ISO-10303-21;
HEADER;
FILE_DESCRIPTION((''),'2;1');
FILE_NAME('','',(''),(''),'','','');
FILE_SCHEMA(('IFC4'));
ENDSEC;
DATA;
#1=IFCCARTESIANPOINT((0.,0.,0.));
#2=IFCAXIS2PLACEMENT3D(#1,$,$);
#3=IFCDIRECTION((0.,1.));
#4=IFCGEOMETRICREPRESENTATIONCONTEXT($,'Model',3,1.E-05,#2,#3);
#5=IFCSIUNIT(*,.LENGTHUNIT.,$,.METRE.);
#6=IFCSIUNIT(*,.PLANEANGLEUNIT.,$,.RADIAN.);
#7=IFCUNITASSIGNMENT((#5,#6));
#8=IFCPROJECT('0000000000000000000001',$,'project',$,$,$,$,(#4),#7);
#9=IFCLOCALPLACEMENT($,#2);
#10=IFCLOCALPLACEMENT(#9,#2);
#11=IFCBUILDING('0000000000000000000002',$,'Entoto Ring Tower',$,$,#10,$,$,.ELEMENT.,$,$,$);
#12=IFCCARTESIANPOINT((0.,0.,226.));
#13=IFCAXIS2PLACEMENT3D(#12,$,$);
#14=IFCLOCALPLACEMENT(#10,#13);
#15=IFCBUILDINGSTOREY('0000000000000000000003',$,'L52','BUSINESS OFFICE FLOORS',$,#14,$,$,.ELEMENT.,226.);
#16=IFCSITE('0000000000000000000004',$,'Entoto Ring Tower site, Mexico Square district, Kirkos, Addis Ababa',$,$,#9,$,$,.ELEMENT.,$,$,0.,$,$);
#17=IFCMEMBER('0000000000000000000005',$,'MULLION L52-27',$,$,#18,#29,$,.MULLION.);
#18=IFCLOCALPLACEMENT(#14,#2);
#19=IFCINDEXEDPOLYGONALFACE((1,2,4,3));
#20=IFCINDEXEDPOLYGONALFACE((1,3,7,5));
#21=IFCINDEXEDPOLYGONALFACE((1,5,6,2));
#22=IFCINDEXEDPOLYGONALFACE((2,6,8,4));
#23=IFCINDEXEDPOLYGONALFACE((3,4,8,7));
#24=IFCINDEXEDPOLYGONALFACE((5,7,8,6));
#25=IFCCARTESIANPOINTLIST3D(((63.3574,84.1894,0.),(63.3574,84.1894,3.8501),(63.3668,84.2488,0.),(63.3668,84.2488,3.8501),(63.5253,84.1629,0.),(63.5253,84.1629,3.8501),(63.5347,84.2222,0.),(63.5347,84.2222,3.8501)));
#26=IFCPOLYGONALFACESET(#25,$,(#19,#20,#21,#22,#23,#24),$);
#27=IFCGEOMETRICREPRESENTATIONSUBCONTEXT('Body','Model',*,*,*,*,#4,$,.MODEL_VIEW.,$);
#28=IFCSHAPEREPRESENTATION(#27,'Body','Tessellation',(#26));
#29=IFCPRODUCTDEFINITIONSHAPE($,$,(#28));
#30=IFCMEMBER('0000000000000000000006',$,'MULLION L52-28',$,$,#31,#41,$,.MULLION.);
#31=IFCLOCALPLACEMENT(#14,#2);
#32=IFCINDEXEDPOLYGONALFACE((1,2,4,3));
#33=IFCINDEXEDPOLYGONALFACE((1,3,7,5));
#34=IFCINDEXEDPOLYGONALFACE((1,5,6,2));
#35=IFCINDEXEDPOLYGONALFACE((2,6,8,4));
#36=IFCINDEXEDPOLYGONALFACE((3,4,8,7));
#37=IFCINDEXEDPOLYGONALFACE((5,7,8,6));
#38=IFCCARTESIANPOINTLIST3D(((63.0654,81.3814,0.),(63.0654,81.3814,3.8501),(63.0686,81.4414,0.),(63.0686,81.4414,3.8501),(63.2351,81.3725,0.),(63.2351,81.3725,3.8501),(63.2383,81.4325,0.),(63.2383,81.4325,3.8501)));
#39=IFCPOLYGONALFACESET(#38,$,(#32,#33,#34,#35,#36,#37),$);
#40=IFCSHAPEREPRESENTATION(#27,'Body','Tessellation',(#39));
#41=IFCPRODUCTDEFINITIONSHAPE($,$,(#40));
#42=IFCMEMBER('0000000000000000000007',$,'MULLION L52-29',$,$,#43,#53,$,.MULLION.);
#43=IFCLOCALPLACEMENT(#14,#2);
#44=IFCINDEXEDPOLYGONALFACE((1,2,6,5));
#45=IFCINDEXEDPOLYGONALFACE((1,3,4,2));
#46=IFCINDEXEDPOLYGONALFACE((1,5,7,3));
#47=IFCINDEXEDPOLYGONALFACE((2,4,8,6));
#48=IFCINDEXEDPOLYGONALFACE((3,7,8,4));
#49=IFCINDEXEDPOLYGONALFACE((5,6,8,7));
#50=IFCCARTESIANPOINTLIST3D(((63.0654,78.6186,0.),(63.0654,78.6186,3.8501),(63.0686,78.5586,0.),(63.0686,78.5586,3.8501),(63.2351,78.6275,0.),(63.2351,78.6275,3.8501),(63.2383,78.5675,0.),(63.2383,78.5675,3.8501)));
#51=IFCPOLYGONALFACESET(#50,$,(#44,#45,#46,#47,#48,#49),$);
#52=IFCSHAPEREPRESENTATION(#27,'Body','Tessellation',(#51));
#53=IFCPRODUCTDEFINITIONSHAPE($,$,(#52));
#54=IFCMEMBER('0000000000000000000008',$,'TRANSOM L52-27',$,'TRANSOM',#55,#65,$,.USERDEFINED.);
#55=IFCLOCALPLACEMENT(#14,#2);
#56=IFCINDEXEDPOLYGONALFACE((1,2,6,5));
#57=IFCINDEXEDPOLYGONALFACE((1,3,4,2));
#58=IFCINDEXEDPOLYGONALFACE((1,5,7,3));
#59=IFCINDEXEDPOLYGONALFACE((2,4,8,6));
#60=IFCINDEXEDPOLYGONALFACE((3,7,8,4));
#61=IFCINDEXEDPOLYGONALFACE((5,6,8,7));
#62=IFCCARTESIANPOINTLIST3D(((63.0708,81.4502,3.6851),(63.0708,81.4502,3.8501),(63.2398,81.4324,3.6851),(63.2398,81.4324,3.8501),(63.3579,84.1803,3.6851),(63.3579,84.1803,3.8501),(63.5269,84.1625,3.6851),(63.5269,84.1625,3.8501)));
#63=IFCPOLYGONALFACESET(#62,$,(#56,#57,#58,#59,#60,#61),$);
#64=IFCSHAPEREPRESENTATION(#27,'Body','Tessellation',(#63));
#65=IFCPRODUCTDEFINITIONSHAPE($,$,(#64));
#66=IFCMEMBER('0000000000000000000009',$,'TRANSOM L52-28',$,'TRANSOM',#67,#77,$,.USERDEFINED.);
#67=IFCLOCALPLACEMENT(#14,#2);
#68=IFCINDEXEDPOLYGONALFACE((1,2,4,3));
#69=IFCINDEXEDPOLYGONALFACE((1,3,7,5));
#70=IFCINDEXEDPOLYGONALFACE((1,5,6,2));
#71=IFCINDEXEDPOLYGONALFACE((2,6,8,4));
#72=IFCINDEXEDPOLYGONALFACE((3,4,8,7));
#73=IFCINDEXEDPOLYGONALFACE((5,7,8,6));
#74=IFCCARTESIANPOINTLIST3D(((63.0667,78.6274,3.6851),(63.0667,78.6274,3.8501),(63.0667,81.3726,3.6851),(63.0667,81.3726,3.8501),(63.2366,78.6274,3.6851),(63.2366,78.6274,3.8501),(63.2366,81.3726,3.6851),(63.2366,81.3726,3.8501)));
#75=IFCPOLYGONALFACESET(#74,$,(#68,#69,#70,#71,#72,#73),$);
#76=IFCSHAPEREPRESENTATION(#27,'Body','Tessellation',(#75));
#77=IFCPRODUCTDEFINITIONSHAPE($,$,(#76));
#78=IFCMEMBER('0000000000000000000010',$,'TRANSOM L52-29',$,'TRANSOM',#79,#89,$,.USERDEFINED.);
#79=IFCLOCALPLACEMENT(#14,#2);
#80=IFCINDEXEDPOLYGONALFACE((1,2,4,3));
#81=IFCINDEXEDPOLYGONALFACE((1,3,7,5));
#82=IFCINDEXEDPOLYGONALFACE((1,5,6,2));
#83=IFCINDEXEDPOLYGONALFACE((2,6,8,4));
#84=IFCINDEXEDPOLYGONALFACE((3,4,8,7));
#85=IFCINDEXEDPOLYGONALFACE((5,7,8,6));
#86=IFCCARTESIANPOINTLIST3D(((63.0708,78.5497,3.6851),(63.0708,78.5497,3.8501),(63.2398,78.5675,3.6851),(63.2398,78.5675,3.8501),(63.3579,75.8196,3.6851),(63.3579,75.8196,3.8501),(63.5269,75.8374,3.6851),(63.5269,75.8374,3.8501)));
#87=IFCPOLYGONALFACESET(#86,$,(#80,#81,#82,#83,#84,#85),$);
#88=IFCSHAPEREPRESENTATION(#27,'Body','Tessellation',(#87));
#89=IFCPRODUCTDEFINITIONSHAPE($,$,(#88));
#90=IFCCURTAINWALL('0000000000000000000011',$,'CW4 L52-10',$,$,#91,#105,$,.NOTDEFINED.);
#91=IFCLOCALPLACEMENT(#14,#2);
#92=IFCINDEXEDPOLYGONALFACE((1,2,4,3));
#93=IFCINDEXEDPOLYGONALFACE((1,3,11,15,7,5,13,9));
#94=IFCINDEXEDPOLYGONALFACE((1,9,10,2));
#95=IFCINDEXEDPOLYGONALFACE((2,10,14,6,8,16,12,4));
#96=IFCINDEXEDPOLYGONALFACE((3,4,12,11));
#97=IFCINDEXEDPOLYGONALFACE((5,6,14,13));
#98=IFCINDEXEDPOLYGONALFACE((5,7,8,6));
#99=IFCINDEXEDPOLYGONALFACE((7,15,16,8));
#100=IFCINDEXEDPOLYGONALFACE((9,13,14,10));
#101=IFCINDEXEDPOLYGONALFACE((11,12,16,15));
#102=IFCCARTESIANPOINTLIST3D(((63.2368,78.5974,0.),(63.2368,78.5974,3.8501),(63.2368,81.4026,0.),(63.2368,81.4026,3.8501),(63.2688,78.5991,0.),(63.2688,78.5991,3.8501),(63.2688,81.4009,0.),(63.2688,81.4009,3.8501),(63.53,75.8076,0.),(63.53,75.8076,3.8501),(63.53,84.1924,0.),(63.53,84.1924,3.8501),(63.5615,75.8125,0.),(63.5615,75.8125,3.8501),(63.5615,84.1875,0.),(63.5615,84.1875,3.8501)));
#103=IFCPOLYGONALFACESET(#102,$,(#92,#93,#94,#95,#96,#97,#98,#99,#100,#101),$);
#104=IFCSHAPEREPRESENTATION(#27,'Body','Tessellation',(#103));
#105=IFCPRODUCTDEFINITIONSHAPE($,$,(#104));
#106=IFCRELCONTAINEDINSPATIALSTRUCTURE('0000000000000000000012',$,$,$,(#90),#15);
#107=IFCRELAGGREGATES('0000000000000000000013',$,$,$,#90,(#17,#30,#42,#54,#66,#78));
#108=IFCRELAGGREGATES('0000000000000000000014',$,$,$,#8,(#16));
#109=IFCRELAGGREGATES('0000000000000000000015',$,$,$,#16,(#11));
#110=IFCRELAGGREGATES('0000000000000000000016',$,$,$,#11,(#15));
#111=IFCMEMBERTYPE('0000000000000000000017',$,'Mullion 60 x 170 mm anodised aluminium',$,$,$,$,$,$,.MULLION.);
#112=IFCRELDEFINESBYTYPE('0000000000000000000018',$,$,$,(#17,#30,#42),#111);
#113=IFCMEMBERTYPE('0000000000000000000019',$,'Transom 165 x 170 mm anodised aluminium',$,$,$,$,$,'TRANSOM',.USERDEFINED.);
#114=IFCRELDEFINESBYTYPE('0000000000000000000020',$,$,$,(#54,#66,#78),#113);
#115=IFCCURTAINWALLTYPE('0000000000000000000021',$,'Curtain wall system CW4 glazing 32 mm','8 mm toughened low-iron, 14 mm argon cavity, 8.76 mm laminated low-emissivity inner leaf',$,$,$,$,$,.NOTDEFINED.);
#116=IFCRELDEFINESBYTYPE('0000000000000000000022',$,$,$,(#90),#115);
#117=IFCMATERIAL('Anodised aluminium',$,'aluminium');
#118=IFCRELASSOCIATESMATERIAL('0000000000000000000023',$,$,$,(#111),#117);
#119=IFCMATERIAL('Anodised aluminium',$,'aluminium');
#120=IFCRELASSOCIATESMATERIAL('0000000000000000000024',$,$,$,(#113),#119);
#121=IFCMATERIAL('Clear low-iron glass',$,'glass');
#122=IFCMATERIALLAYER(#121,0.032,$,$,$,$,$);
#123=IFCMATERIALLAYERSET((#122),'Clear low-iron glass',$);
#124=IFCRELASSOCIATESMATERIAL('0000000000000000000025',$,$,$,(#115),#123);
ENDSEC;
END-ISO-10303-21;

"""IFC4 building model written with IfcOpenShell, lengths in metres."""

from ifc_helpers import new_model, si_unit, direction, frame, origin, origin_2d, place, context, subcontext, project, spatial, polyline, rectangle, outline, extrude, material, layer, layer_set, material_profile, profile_set, type_object, element, aggregate, save


model = new_model("IFC4")

# Units and contexts
model_context = context("Model", 3, precision=1e-05, world=origin(), true_north=direction((0.0, 1.0)))
body_context = subcontext(model_context, "Body", "Model", "MODEL_VIEW")
ifc_project = project(units=[si_unit("LENGTHUNIT", "METRE"), si_unit("PLANEANGLEUNIT", "RADIAN")], contexts=[model_context])

# Members
ifc_material_1 = material(Name="Anodised aluminium", Category="aluminium")
ifc_material_profile_1 = material_profile(ifc_material_1, rectangle(XDim=0.0601, YDim=0.1699, at=origin_2d()), Name="Mullion 60 x 170 mm anodised aluminium")
ifc_profile_set_1 = profile_set([ifc_material_profile_1], Name="Anodised aluminium")
member_type_1 = type_object("IfcMemberType", Name="Mullion 60 x 170 mm anodised aluminium", PredefinedType="MULLION", material=ifc_profile_set_1)
site_placement = place(None, origin())
building_placement = place(site_placement, origin())
storey_placement = place(building_placement, frame((0.0, 0.0, 226.0)))
member_1_placement = place(storey_placement, frame((63.446, 84.2058, 0.0), z_axis=(0.0, 0.0, 1.0), x_axis=(-0.156434, -0.987688, 0.0)))
member_1 = element("IfcMember", 1, at=member_1_placement, type_object=member_type_1, Name="MULLION L52-27", PredefinedType="MULLION", context=body_context, shape_type="SweptSolid", body=[
    extrude(rectangle(XDim=0.0601, YDim=0.1699, at=origin_2d()), origin(), (0.0, 0.0, 1.0), 3.8501),
])
member_2_placement = place(storey_placement, frame((63.1519, 81.407, 0.0), z_axis=(0.0, 0.0, 1.0), x_axis=(-0.052336, -0.99863, 0.0)))
member_2 = element("IfcMember", 2, at=member_2_placement, type_object=member_type_1, Name="MULLION L52-28", PredefinedType="MULLION", context=body_context, shape_type="SweptSolid", body=[
    extrude(rectangle(XDim=0.0601, YDim=0.1699, at=origin_2d()), origin(), (0.0, 0.0, 1.0), 3.8501),
])
member_3_placement = place(storey_placement, frame((63.1519, 78.593, 0.0), z_axis=(0.0, 0.0, 1.0), x_axis=(0.052336, -0.99863, 0.0)))
member_3 = element("IfcMember", 3, at=member_3_placement, type_object=member_type_1, Name="MULLION L52-29", PredefinedType="MULLION", context=body_context, shape_type="SweptSolid", body=[
    extrude(rectangle(XDim=0.0601, YDim=0.1699, at=origin_2d()), origin(), (0.0, 0.0, 1.0), 3.8501),
])
ifc_material_2 = material(Name="Anodised aluminium", Category="aluminium")
ifc_material_profile_2 = material_profile(ifc_material_2, rectangle(XDim=0.1699, YDim=0.165, at=origin_2d()), Name="Transom 165 x 170 mm anodised aluminium")
ifc_profile_set_2 = profile_set([ifc_material_profile_2], Name="Anodised aluminium")
member_type_2 = type_object("IfcMemberType", Name="Transom 165 x 170 mm anodised aluminium", ElementType="TRANSOM", PredefinedType="USERDEFINED", material=ifc_profile_set_2)
member_4_placement = place(storey_placement, frame((63.4424, 84.1714, 3.7676), z_axis=(-0.104592, -0.994515, 0.0), x_axis=(0.994515, -0.104592, 0.0)))
member_4 = element("IfcMember", 4, at=member_4_placement, type_object=member_type_2, Name="TRANSOM L52-27", ObjectType="TRANSOM", PredefinedType="USERDEFINED", context=body_context, shape_type="SweptSolid", body=[
    extrude(rectangle(XDim=0.1699, YDim=0.165, at=origin_2d()), origin(), (0.0, 0.0, 1.0), 2.7451),
])
member_5_placement = place(storey_placement, frame((63.1516, 81.3726, 3.7676), z_axis=(0.0, -1.0, 0.0), x_axis=(1.0, 0.0, 0.0)))
member_5 = element("IfcMember", 5, at=member_5_placement, type_object=member_type_2, Name="TRANSOM L52-28", ObjectType="TRANSOM", PredefinedType="USERDEFINED", context=body_context, shape_type="SweptSolid", body=[
    extrude(rectangle(XDim=0.1699, YDim=0.165, at=origin_2d()), origin(), (0.0, 0.0, 1.0), 2.7451),
])
member_6_placement = place(storey_placement, frame((63.1553, 78.5586, 3.7676), z_axis=(0.104592, -0.994515, 0.0), x_axis=(0.994515, 0.104592, 0.0)))
member_6 = element("IfcMember", 6, at=member_6_placement, type_object=member_type_2, Name="TRANSOM L52-29", ObjectType="TRANSOM", PredefinedType="USERDEFINED", context=body_context, shape_type="SweptSolid", body=[
    extrude(rectangle(XDim=0.1699, YDim=0.165, at=origin_2d()), origin(), (0.0, 0.0, 1.0), 2.7451),
])

# Site, building, storey
site = spatial("IfcSite", under=ifc_project, at=site_placement, Name="Entoto Ring Tower site, Mexico Square district, Kirkos, Addis Ababa", CompositionType="ELEMENT", RefElevation=0.0)
building = spatial("IfcBuilding", under=site, at=building_placement, Name="Entoto Ring Tower", CompositionType="ELEMENT")
storey = spatial("IfcBuildingStorey", under=building, at=storey_placement, Name="L52", Description="BUSINESS OFFICE FLOORS", CompositionType="ELEMENT", Elevation=226.0)

# Curtain wall
ifc_material_3 = material(Name="Clear low-iron glass", Category="glass")
ifc_layer = layer(ifc_material_3, 0.032)
ifc_layer_set = layer_set([ifc_layer], Name="Clear low-iron glass")
curtain_wall_type = type_object("IfcCurtainWallType", Name="Curtain wall system CW4 glazing 32 mm", Description="8 mm toughened low-iron, 14 mm argon cavity, 8.76 mm laminated low-emissivity inner leaf", PredefinedType="NOTDEFINED", material=ifc_layer_set)
curtain_wall_1_placement = place(storey_placement, origin())
curtain_wall_1 = element("IfcCurtainWall", 7, at=curtain_wall_1_placement, inside=storey, type_object=curtain_wall_type, Name="CW4 L52-10", PredefinedType="NOTDEFINED", context=body_context, shape_type="SweptSolid", body=[
    extrude(outline(polyline([(63.53, 84.1924), (63.2368, 81.4026), (63.2368, 78.5974), (63.53, 75.8076), (63.5615, 75.8125), (63.2688, 78.5991), (63.2688, 81.4009), (63.5615, 84.1875), (63.53, 84.1924)])), origin(), (0.0, 0.0, 1.0), 3.8501),
])
aggregate(curtain_wall_1, [member_1, member_2, member_3, member_4, member_5, member_6])

save(model, "model.ifc")
